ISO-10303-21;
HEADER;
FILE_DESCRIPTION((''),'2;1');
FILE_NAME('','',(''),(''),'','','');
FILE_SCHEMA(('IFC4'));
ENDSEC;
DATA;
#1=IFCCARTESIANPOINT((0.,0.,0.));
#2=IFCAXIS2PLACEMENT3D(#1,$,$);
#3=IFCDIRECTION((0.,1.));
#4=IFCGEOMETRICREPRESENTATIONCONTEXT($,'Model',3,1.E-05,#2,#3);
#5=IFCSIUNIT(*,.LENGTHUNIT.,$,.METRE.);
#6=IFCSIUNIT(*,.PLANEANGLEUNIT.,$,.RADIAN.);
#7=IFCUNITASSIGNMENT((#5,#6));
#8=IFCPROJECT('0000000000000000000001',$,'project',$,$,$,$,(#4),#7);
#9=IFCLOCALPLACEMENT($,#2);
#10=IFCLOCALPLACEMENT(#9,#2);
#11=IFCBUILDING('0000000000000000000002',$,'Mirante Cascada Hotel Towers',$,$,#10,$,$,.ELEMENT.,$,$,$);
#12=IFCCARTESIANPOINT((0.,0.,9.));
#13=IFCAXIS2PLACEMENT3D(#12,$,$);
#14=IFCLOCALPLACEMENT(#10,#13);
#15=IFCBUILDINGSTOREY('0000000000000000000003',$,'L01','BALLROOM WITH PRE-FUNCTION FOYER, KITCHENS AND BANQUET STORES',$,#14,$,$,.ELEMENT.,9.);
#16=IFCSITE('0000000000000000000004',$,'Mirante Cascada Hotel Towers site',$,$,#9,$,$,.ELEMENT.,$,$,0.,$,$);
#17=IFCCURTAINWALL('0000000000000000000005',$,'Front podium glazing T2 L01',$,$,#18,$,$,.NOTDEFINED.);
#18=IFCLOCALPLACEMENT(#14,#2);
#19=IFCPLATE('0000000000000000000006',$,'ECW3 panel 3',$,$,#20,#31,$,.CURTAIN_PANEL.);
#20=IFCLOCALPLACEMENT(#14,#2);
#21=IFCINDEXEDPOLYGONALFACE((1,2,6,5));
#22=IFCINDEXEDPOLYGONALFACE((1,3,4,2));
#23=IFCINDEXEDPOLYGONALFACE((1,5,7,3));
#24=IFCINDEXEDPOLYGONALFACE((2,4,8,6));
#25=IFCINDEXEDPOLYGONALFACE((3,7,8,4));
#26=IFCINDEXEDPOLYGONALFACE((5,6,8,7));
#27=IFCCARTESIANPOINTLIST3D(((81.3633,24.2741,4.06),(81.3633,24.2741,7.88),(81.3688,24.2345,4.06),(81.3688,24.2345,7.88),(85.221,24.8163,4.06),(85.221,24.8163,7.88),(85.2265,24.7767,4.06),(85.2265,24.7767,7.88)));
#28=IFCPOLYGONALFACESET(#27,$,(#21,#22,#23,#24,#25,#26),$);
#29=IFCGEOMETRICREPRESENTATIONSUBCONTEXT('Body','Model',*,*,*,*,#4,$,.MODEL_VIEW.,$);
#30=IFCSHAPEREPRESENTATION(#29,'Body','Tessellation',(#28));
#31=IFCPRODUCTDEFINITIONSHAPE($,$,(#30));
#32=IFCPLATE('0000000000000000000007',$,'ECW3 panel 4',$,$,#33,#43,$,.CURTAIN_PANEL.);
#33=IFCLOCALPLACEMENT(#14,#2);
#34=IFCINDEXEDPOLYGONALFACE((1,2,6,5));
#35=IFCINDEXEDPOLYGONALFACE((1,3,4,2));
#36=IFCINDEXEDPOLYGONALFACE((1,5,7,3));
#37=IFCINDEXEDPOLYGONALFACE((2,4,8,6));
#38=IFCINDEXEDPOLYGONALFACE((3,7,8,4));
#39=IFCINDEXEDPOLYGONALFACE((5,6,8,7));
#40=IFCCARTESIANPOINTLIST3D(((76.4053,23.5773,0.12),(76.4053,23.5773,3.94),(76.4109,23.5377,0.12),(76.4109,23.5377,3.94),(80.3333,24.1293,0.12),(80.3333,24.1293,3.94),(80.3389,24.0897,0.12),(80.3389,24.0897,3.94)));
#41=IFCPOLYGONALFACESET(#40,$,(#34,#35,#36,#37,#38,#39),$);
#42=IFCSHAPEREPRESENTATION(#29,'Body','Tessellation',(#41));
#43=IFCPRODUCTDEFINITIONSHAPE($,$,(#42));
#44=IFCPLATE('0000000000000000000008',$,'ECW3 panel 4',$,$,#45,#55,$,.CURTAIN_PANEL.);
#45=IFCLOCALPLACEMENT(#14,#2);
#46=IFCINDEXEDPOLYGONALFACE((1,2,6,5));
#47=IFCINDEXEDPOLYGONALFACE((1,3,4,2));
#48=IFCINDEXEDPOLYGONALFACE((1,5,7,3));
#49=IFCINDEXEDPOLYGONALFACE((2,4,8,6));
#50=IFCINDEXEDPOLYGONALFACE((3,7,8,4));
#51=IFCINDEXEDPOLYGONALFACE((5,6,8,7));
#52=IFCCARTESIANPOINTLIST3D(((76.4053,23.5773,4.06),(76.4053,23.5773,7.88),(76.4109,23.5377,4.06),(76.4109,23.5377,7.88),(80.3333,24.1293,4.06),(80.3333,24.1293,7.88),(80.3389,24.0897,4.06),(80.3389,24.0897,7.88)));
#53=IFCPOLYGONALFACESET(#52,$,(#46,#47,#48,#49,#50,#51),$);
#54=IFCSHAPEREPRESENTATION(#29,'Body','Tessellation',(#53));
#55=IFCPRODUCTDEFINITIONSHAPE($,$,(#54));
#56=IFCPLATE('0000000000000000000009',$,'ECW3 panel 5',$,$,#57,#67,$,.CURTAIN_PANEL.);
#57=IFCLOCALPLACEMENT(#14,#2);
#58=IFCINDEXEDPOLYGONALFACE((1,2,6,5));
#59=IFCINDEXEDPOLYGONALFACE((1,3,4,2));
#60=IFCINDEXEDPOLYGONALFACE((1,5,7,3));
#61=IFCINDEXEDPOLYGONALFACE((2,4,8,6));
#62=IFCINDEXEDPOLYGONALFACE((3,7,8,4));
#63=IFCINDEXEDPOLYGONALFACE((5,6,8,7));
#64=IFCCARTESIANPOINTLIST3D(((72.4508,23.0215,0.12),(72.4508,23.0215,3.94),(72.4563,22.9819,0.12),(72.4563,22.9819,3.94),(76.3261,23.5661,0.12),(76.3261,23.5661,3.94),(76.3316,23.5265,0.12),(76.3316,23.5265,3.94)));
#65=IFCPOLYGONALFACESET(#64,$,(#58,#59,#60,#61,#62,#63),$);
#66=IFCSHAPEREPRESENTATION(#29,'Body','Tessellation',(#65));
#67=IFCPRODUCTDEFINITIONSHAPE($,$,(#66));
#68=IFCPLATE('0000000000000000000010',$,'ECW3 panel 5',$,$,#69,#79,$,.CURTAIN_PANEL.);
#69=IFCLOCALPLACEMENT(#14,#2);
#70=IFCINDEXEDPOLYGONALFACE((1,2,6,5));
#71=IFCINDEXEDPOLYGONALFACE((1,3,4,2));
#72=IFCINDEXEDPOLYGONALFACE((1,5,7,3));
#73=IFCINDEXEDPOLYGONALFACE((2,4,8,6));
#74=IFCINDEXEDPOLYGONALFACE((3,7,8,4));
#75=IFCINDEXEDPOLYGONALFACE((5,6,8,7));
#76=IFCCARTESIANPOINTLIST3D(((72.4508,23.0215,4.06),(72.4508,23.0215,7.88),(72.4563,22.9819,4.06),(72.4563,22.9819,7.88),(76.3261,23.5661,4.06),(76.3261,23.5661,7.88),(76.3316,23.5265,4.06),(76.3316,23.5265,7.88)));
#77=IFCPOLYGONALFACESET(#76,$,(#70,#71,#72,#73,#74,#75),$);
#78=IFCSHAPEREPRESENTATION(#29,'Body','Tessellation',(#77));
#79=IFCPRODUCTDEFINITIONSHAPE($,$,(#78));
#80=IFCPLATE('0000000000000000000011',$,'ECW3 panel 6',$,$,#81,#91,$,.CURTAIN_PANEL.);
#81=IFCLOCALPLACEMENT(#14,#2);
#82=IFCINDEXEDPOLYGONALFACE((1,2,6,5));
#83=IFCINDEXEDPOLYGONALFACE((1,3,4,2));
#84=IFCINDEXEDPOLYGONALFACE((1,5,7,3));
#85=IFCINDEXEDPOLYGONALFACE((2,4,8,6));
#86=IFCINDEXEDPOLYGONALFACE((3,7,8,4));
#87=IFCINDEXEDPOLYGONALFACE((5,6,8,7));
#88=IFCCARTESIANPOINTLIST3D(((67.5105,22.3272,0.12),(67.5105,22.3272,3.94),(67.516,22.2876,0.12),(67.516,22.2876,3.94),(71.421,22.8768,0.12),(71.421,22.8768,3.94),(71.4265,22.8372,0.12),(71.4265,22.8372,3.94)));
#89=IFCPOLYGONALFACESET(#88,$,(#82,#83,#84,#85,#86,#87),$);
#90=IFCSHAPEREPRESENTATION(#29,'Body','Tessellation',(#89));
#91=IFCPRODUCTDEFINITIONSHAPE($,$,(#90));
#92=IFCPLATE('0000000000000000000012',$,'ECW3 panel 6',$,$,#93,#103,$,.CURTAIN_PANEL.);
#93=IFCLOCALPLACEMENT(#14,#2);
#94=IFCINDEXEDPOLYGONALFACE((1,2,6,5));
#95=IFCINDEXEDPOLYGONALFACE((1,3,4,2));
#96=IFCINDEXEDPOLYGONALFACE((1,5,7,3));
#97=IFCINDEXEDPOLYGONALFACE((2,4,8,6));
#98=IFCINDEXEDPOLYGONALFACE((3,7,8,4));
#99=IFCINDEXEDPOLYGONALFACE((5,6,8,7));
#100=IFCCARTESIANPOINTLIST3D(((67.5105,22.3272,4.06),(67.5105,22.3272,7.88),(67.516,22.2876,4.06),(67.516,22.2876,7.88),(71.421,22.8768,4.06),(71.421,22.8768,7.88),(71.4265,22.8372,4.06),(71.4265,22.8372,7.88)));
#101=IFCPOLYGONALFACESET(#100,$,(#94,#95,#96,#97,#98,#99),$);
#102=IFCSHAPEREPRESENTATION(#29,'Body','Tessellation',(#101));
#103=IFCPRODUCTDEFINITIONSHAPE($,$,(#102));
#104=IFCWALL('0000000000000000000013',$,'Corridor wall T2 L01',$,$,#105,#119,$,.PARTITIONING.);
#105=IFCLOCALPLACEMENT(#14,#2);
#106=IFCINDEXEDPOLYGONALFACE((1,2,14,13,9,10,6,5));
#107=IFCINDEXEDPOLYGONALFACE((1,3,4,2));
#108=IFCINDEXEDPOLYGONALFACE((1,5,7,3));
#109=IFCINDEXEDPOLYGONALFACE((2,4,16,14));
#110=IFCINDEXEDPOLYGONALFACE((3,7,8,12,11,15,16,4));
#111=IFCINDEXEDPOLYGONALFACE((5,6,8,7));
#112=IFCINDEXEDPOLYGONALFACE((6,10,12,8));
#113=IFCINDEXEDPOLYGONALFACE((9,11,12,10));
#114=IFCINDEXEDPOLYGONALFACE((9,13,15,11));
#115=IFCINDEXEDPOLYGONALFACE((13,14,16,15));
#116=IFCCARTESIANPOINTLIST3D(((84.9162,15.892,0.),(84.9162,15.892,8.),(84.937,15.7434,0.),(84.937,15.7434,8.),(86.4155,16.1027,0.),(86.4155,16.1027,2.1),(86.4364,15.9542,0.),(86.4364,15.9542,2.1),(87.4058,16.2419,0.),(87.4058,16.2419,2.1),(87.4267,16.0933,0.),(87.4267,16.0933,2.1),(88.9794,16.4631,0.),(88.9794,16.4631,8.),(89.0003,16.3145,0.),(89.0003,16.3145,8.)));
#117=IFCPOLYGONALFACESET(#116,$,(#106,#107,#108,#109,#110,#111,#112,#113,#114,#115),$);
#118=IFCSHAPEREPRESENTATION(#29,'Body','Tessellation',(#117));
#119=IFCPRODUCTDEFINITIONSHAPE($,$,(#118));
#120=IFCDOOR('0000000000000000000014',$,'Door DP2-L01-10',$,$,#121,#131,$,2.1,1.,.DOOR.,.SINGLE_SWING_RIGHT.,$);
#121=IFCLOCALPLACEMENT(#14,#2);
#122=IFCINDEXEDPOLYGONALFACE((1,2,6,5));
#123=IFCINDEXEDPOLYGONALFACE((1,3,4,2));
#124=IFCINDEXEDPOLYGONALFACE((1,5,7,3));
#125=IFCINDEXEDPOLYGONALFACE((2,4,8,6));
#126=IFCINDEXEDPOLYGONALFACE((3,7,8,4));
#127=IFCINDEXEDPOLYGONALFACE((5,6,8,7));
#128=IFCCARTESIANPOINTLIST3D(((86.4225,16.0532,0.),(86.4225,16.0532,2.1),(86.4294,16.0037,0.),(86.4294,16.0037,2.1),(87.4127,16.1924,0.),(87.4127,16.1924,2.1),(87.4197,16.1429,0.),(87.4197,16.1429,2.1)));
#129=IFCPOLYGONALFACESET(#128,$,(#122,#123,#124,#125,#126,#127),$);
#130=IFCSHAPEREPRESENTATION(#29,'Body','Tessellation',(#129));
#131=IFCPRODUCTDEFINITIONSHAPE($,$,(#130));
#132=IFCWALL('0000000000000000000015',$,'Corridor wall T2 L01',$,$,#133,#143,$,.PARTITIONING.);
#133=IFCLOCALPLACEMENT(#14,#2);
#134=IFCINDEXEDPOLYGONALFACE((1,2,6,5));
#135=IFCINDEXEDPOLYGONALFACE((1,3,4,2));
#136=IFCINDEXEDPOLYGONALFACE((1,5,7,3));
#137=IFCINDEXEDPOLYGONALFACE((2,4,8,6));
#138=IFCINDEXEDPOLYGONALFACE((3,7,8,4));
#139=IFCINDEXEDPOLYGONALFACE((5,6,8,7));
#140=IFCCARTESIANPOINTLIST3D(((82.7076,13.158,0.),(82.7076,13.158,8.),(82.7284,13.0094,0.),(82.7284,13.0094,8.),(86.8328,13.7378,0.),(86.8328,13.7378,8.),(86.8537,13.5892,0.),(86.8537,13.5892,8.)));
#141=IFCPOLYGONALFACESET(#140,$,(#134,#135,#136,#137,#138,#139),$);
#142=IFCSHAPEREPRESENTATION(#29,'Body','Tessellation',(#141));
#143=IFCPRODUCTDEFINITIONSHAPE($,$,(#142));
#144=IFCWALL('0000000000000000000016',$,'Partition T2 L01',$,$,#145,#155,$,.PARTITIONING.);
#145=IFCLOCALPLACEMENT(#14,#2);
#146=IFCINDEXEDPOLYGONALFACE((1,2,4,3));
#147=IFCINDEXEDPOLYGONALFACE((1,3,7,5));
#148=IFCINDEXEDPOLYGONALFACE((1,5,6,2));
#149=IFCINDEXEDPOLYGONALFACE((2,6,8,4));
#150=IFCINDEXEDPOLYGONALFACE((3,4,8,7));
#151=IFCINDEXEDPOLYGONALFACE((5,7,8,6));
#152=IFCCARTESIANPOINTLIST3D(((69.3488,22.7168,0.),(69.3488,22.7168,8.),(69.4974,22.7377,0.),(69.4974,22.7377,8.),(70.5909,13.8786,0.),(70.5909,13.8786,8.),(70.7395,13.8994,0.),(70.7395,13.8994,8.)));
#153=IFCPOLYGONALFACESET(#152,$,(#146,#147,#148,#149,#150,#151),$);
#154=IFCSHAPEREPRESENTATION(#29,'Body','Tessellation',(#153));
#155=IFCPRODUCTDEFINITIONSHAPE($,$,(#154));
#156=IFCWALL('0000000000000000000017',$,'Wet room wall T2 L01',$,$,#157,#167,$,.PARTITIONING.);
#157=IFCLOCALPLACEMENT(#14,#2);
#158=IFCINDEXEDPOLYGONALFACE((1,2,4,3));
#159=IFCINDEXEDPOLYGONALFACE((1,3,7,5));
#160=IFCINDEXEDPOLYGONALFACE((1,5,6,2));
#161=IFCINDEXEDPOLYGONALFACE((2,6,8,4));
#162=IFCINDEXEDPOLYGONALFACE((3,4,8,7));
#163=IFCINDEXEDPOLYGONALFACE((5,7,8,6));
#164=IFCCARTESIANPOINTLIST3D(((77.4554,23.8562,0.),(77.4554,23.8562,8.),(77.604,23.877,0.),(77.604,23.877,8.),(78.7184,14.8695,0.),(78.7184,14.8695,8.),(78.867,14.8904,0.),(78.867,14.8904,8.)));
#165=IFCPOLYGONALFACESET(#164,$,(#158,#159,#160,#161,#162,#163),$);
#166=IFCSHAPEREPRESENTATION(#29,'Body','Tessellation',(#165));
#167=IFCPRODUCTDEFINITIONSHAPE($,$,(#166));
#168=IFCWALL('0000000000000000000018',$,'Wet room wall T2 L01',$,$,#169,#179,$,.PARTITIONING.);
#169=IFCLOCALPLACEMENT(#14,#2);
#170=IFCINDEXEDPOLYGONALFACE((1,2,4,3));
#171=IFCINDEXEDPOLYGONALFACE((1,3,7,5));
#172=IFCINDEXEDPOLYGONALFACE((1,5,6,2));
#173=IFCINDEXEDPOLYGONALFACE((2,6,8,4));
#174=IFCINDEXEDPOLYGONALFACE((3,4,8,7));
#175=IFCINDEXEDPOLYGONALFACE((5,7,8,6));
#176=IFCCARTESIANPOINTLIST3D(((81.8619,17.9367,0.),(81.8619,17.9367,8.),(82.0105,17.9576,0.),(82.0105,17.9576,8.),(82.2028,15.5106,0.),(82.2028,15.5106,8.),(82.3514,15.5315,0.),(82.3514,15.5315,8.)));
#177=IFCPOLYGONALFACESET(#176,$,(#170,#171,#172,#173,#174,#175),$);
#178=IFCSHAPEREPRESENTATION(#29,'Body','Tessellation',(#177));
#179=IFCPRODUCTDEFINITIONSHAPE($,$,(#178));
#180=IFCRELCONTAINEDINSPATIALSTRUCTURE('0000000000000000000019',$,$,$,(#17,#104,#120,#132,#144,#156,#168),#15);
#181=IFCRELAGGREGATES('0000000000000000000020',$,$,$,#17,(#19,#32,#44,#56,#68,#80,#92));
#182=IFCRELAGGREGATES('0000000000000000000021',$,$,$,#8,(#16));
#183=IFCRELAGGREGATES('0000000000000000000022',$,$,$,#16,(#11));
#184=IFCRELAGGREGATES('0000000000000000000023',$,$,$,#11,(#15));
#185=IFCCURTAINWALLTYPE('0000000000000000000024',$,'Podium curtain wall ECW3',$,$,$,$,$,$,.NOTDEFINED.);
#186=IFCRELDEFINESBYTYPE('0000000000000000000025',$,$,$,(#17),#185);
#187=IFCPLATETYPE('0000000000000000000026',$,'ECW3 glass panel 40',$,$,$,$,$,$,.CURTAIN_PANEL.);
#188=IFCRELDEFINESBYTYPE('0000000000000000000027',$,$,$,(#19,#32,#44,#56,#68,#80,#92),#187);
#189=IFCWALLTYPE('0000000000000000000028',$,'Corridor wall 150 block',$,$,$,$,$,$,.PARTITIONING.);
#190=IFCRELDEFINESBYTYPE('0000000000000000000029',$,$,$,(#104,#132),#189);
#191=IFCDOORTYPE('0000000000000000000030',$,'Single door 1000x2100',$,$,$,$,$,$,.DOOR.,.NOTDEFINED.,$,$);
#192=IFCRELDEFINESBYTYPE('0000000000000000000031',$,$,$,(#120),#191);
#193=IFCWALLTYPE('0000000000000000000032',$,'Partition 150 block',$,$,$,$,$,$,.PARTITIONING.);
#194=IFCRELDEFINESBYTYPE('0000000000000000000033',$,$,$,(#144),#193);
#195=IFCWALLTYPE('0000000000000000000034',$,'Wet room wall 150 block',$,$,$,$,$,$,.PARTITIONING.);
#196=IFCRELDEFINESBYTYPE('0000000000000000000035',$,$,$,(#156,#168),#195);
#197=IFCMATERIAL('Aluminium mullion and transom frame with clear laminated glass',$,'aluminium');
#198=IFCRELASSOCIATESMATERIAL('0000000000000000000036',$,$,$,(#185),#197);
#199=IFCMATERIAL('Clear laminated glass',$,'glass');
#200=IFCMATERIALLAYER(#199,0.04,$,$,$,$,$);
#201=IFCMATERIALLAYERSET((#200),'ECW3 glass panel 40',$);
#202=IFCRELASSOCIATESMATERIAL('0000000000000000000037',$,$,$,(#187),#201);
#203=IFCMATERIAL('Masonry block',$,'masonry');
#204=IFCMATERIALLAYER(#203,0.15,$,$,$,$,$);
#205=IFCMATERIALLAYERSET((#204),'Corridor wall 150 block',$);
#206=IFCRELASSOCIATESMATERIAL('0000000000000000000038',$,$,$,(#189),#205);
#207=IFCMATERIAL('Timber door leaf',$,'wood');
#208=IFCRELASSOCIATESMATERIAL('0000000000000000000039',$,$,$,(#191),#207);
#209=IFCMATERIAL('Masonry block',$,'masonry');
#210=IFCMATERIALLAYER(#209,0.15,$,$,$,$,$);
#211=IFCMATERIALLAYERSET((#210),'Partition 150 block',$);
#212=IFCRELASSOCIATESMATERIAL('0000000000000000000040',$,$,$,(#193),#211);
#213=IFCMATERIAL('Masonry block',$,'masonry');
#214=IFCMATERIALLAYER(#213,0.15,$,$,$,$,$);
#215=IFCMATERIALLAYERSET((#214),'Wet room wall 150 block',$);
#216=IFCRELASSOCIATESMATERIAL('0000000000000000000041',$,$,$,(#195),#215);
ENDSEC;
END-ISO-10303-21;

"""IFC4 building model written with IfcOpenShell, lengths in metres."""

from ifc_helpers import new_model, si_unit, direction, frame, frame_2d, origin, origin_2d, place, context, subcontext, project, spatial, rectangle, extrude, material, layer, layer_set, type_object, element, fill, aggregate, save


model = new_model("IFC4")

# Units and contexts
model_context = context("Model", 3, precision=1e-05, world=origin(), true_north=direction((0.0, 1.0)))
body_context = subcontext(model_context, "Body", "Model", "MODEL_VIEW")
ifc_project = project(units=[si_unit("LENGTHUNIT", "METRE"), si_unit("PLANEANGLEUNIT", "RADIAN")], contexts=[model_context])

# Site, building, storey
site_placement = place(None, origin())
site = spatial("IfcSite", under=ifc_project, at=site_placement, Name="Mirante Cascada Hotel Towers site", CompositionType="ELEMENT", RefElevation=0.0)
building_placement = place(site_placement, origin())
building = spatial("IfcBuilding", under=site, at=building_placement, Name="Mirante Cascada Hotel Towers", CompositionType="ELEMENT")
storey_placement = place(building_placement, frame((0.0, 0.0, 9.0)))
storey = spatial("IfcBuildingStorey", under=building, at=storey_placement, Name="L01", Description="BALLROOM WITH PRE-FUNCTION FOYER, KITCHENS AND BANQUET STORES", CompositionType="ELEMENT", Elevation=9.0)

# Curtain wall, plates
ifc_material_1 = material(Name="Aluminium mullion and transom frame with clear laminated glass", Category="aluminium")
curtain_wall_type = type_object("IfcCurtainWallType", Name="Podium curtain wall ECW3", PredefinedType="NOTDEFINED", material=ifc_material_1)
curtain_wall_placement = place(storey_placement, origin())
curtain_wall = element("IfcCurtainWall", 1, at=curtain_wall_placement, inside=storey, type_object=curtain_wall_type, Name="Front podium glazing T2 L01", PredefinedType="NOTDEFINED")
ifc_material_2 = material(Name="Clear laminated glass", Category="glass")
ifc_layer_1 = layer(ifc_material_2, 0.04)
ifc_layer_set_1 = layer_set([ifc_layer_1], Name="ECW3 glass panel 40")
plate_type = type_object("IfcPlateType", Name="ECW3 glass panel 40", PredefinedType="CURTAIN_PANEL", material=ifc_layer_set_1)
plate_1_placement = place(storey_placement, frame((83.2949, 24.5254, 4.06), z_axis=(0.0, 0.0, 1.0), x_axis=(-0.990268, -0.139173, 0.0)))
plate_1 = element("IfcPlate", 2, at=plate_1_placement, type_object=plate_type, Name="ECW3 panel 3", PredefinedType="CURTAIN_PANEL", context=body_context, shape_type="SweptSolid", body=[
    extrude(rectangle(XDim=3.8956, YDim=0.04, at=origin_2d()), origin(), (0.0, 0.0, 1.0), 3.82),
])
plate_2_placement = place(storey_placement, frame((78.3721, 23.8335, 0.12), z_axis=(0.0, 0.0, 1.0), x_axis=(-0.990268, -0.139173, 0.0)))
plate_2 = element("IfcPlate", 3, at=plate_2_placement, type_object=plate_type, Name="ECW3 panel 4", PredefinedType="CURTAIN_PANEL", context=body_context, shape_type="SweptSolid", body=[
    extrude(rectangle(XDim=3.9666, YDim=0.04, at=origin_2d()), origin(), (0.0, 0.0, 1.0), 3.82),
])
plate_3_placement = place(storey_placement, frame((78.3721, 23.8335, 4.06), z_axis=(0.0, 0.0, 1.0), x_axis=(-0.990268, -0.139173, 0.0)))
plate_3 = element("IfcPlate", 4, at=plate_3_placement, type_object=plate_type, Name="ECW3 panel 4", PredefinedType="CURTAIN_PANEL", context=body_context, shape_type="SweptSolid", body=[
    extrude(rectangle(XDim=3.9666, YDim=0.04, at=origin_2d()), origin(), (0.0, 0.0, 1.0), 3.82),
])
plate_4_placement = place(storey_placement, frame((74.3912, 23.274, 0.12), z_axis=(0.0, 0.0, 1.0), x_axis=(-0.990268, -0.139173, 0.0)))
plate_4 = element("IfcPlate", 5, at=plate_4_placement, type_object=plate_type, Name="ECW3 panel 5", PredefinedType="CURTAIN_PANEL", context=body_context, shape_type="SweptSolid", body=[
    extrude(rectangle(XDim=3.9134, YDim=0.04, at=origin_2d()), origin(), (0.0, 0.0, 1.0), 3.82),
])
plate_5_placement = place(storey_placement, frame((74.3912, 23.274, 4.06), z_axis=(0.0, 0.0, 1.0), x_axis=(-0.990268, -0.139173, 0.0)))
plate_5 = element("IfcPlate", 6, at=plate_5_placement, type_object=plate_type, Name="ECW3 panel 5", PredefinedType="CURTAIN_PANEL", context=body_context, shape_type="SweptSolid", body=[
    extrude(rectangle(XDim=3.9134, YDim=0.04, at=origin_2d()), origin(), (0.0, 0.0, 1.0), 3.82),
])
plate_6_placement = place(storey_placement, frame((69.4685, 22.5822, 0.12), z_axis=(0.0, 0.0, 1.0), x_axis=(-0.990268, -0.139173, 0.0)))
plate_6 = element("IfcPlate", 7, at=plate_6_placement, type_object=plate_type, Name="ECW3 panel 6", PredefinedType="CURTAIN_PANEL", context=body_context, shape_type="SweptSolid", body=[
    extrude(rectangle(XDim=3.9489, YDim=0.04, at=origin_2d()), origin(), (0.0, 0.0, 1.0), 3.82),
])
plate_7_placement = place(storey_placement, frame((69.4685, 22.5822, 4.06), z_axis=(0.0, 0.0, 1.0), x_axis=(-0.990268, -0.139173, 0.0)))
plate_7 = element("IfcPlate", 8, at=plate_7_placement, type_object=plate_type, Name="ECW3 panel 6", PredefinedType="CURTAIN_PANEL", context=body_context, shape_type="SweptSolid", body=[
    extrude(rectangle(XDim=3.9489, YDim=0.04, at=origin_2d()), origin(), (0.0, 0.0, 1.0), 3.82),
])
aggregate(curtain_wall, [plate_1, plate_2, plate_3, plate_4, plate_5, plate_6, plate_7])

# Wall, opening, door
ifc_material_3 = material(Name="Masonry block", Category="masonry")
ifc_layer_2 = layer(ifc_material_3, 0.15)
ifc_layer_set_2 = layer_set([ifc_layer_2], Name="Corridor wall 150 block")
wall_type_1 = type_object("IfcWallType", Name="Corridor wall 150 block", PredefinedType="PARTITIONING", material=ifc_layer_set_2)
wall_1_placement = place(storey_placement, frame((84.9266, 15.8177, 0.0), z_axis=(0.0, 0.0, 1.0), x_axis=(0.990267, 0.139183, 0.0)))
wall_1 = element("IfcWall", 9, at=wall_1_placement, inside=storey, type_object=wall_type_1, Name="Corridor wall T2 L01", PredefinedType="PARTITIONING", context=body_context, shape_type="SweptSolid", body=[
    extrude(rectangle(XDim=4.1032, YDim=0.15, at=frame_2d((2.0516, 0.0))), origin(), (0.0, 0.0, 1.0), 8.0),
])
opening_1_placement = place(wall_1_placement, frame((1.5141, 0.0, 0.0)))
opening_1 = element("IfcOpeningElement", 10, at=opening_1_placement, cuts=wall_1, PredefinedType="OPENING", context=body_context, shape_type="SweptSolid", body=[
    extrude(rectangle(XDim=1.0, YDim=2.1, at=frame_2d((0.5, 1.05))), frame((0.0, 0.075, 0.0), z_axis=(0.0, -1.0, 0.0), x_axis=(1.0, 0.0, 0.0)), (0.0, 0.0, 1.0), 0.15),
])
ifc_material_4 = material(Name="Timber door leaf", Category="wood")
door_type = type_object("IfcDoorType", Name="Single door 1000x2100", OperationType="NOTDEFINED", PredefinedType="DOOR", material=ifc_material_4)
door_1_placement = place(opening_1_placement, origin())
door_1 = element("IfcDoor", 11, at=door_1_placement, inside=storey, type_object=door_type, Name="Door DP2-L01-10", OperationType="SINGLE_SWING_RIGHT", OverallHeight=2.1, OverallWidth=1.0, PredefinedType="DOOR", context=body_context, shape_type="SweptSolid", body=[
    extrude(rectangle(XDim=1.0, YDim=2.1, at=frame_2d((0.5, 1.05))), frame((0.0, 0.025, 0.0), z_axis=(0.0, -1.0, 0.0), x_axis=(1.0, 0.0, 0.0)), (0.0, 0.0, 1.0), 0.05),
])
fill(opening_1, door_1)

# Walls
wall_2_placement = place(storey_placement, frame((82.718, 13.0837, 0.0), z_axis=(0.0, 0.0, 1.0), x_axis=(0.990267, 0.139179, 0.0)))
element("IfcWall", 12, at=wall_2_placement, inside=storey, type_object=wall_type_1, Name="Corridor wall T2 L01", PredefinedType="PARTITIONING", context=body_context, shape_type="SweptSolid", body=[
    extrude(rectangle(XDim=4.1658, YDim=0.15, at=frame_2d((2.0829, 0.0))), origin(), (0.0, 0.0, 1.0), 8.0),
])
ifc_material_5 = material(Name="Masonry block", Category="masonry")
ifc_layer_3 = layer(ifc_material_5, 0.15)
ifc_layer_set_3 = layer_set([ifc_layer_3], Name="Partition 150 block")
wall_type_2 = type_object("IfcWallType", Name="Partition 150 block", PredefinedType="PARTITIONING", material=ifc_layer_set_3)
wall_3_placement = place(storey_placement, frame((69.4231, 22.7273, 0.0), z_axis=(0.0, 0.0, 1.0), x_axis=(0.13917, -0.990268, 0.0)))
element("IfcWall", 13, at=wall_3_placement, inside=storey, type_object=wall_type_2, Name="Partition T2 L01", PredefinedType="PARTITIONING", context=body_context, shape_type="SweptSolid", body=[
    extrude(rectangle(XDim=8.9251, YDim=0.15, at=frame_2d((4.4626, 0.0))), origin(), (0.0, 0.0, 1.0), 8.0),
])
ifc_material_6 = material(Name="Masonry block", Category="masonry")
ifc_layer_4 = layer(ifc_material_6, 0.15)
ifc_layer_set_4 = layer_set([ifc_layer_4], Name="Wet room wall 150 block")
wall_type_3 = type_object("IfcWallType", Name="Wet room wall 150 block", PredefinedType="PARTITIONING", material=ifc_layer_set_4)
wall_4_placement = place(storey_placement, frame((77.5297, 23.8666, 0.0), z_axis=(0.0, 0.0, 1.0), x_axis=(0.139173, -0.990268, 0.0)))
element("IfcWall", 14, at=wall_4_placement, inside=storey, type_object=wall_type_3, Name="Wet room wall T2 L01", PredefinedType="PARTITIONING", context=body_context, shape_type="SweptSolid", body=[
    extrude(rectangle(XDim=9.075, YDim=0.15, at=frame_2d((4.5375, 0.0))), origin(), (0.0, 0.0, 1.0), 8.0),
])
wall_5_placement = place(storey_placement, frame((81.9362, 17.9472, 0.0), z_axis=(0.0, 0.0, 1.0), x_axis=(0.139147, -0.990272, 0.0)))
element("IfcWall", 15, at=wall_5_placement, inside=storey, type_object=wall_type_3, Name="Wet room wall T2 L01", PredefinedType="PARTITIONING", context=body_context, shape_type="SweptSolid", body=[
    extrude(rectangle(XDim=2.4499, YDim=0.15, at=frame_2d((1.225, 0.0))), origin(), (0.0, 0.0, 1.0), 8.0),
])

save(model, "model.ifc")
